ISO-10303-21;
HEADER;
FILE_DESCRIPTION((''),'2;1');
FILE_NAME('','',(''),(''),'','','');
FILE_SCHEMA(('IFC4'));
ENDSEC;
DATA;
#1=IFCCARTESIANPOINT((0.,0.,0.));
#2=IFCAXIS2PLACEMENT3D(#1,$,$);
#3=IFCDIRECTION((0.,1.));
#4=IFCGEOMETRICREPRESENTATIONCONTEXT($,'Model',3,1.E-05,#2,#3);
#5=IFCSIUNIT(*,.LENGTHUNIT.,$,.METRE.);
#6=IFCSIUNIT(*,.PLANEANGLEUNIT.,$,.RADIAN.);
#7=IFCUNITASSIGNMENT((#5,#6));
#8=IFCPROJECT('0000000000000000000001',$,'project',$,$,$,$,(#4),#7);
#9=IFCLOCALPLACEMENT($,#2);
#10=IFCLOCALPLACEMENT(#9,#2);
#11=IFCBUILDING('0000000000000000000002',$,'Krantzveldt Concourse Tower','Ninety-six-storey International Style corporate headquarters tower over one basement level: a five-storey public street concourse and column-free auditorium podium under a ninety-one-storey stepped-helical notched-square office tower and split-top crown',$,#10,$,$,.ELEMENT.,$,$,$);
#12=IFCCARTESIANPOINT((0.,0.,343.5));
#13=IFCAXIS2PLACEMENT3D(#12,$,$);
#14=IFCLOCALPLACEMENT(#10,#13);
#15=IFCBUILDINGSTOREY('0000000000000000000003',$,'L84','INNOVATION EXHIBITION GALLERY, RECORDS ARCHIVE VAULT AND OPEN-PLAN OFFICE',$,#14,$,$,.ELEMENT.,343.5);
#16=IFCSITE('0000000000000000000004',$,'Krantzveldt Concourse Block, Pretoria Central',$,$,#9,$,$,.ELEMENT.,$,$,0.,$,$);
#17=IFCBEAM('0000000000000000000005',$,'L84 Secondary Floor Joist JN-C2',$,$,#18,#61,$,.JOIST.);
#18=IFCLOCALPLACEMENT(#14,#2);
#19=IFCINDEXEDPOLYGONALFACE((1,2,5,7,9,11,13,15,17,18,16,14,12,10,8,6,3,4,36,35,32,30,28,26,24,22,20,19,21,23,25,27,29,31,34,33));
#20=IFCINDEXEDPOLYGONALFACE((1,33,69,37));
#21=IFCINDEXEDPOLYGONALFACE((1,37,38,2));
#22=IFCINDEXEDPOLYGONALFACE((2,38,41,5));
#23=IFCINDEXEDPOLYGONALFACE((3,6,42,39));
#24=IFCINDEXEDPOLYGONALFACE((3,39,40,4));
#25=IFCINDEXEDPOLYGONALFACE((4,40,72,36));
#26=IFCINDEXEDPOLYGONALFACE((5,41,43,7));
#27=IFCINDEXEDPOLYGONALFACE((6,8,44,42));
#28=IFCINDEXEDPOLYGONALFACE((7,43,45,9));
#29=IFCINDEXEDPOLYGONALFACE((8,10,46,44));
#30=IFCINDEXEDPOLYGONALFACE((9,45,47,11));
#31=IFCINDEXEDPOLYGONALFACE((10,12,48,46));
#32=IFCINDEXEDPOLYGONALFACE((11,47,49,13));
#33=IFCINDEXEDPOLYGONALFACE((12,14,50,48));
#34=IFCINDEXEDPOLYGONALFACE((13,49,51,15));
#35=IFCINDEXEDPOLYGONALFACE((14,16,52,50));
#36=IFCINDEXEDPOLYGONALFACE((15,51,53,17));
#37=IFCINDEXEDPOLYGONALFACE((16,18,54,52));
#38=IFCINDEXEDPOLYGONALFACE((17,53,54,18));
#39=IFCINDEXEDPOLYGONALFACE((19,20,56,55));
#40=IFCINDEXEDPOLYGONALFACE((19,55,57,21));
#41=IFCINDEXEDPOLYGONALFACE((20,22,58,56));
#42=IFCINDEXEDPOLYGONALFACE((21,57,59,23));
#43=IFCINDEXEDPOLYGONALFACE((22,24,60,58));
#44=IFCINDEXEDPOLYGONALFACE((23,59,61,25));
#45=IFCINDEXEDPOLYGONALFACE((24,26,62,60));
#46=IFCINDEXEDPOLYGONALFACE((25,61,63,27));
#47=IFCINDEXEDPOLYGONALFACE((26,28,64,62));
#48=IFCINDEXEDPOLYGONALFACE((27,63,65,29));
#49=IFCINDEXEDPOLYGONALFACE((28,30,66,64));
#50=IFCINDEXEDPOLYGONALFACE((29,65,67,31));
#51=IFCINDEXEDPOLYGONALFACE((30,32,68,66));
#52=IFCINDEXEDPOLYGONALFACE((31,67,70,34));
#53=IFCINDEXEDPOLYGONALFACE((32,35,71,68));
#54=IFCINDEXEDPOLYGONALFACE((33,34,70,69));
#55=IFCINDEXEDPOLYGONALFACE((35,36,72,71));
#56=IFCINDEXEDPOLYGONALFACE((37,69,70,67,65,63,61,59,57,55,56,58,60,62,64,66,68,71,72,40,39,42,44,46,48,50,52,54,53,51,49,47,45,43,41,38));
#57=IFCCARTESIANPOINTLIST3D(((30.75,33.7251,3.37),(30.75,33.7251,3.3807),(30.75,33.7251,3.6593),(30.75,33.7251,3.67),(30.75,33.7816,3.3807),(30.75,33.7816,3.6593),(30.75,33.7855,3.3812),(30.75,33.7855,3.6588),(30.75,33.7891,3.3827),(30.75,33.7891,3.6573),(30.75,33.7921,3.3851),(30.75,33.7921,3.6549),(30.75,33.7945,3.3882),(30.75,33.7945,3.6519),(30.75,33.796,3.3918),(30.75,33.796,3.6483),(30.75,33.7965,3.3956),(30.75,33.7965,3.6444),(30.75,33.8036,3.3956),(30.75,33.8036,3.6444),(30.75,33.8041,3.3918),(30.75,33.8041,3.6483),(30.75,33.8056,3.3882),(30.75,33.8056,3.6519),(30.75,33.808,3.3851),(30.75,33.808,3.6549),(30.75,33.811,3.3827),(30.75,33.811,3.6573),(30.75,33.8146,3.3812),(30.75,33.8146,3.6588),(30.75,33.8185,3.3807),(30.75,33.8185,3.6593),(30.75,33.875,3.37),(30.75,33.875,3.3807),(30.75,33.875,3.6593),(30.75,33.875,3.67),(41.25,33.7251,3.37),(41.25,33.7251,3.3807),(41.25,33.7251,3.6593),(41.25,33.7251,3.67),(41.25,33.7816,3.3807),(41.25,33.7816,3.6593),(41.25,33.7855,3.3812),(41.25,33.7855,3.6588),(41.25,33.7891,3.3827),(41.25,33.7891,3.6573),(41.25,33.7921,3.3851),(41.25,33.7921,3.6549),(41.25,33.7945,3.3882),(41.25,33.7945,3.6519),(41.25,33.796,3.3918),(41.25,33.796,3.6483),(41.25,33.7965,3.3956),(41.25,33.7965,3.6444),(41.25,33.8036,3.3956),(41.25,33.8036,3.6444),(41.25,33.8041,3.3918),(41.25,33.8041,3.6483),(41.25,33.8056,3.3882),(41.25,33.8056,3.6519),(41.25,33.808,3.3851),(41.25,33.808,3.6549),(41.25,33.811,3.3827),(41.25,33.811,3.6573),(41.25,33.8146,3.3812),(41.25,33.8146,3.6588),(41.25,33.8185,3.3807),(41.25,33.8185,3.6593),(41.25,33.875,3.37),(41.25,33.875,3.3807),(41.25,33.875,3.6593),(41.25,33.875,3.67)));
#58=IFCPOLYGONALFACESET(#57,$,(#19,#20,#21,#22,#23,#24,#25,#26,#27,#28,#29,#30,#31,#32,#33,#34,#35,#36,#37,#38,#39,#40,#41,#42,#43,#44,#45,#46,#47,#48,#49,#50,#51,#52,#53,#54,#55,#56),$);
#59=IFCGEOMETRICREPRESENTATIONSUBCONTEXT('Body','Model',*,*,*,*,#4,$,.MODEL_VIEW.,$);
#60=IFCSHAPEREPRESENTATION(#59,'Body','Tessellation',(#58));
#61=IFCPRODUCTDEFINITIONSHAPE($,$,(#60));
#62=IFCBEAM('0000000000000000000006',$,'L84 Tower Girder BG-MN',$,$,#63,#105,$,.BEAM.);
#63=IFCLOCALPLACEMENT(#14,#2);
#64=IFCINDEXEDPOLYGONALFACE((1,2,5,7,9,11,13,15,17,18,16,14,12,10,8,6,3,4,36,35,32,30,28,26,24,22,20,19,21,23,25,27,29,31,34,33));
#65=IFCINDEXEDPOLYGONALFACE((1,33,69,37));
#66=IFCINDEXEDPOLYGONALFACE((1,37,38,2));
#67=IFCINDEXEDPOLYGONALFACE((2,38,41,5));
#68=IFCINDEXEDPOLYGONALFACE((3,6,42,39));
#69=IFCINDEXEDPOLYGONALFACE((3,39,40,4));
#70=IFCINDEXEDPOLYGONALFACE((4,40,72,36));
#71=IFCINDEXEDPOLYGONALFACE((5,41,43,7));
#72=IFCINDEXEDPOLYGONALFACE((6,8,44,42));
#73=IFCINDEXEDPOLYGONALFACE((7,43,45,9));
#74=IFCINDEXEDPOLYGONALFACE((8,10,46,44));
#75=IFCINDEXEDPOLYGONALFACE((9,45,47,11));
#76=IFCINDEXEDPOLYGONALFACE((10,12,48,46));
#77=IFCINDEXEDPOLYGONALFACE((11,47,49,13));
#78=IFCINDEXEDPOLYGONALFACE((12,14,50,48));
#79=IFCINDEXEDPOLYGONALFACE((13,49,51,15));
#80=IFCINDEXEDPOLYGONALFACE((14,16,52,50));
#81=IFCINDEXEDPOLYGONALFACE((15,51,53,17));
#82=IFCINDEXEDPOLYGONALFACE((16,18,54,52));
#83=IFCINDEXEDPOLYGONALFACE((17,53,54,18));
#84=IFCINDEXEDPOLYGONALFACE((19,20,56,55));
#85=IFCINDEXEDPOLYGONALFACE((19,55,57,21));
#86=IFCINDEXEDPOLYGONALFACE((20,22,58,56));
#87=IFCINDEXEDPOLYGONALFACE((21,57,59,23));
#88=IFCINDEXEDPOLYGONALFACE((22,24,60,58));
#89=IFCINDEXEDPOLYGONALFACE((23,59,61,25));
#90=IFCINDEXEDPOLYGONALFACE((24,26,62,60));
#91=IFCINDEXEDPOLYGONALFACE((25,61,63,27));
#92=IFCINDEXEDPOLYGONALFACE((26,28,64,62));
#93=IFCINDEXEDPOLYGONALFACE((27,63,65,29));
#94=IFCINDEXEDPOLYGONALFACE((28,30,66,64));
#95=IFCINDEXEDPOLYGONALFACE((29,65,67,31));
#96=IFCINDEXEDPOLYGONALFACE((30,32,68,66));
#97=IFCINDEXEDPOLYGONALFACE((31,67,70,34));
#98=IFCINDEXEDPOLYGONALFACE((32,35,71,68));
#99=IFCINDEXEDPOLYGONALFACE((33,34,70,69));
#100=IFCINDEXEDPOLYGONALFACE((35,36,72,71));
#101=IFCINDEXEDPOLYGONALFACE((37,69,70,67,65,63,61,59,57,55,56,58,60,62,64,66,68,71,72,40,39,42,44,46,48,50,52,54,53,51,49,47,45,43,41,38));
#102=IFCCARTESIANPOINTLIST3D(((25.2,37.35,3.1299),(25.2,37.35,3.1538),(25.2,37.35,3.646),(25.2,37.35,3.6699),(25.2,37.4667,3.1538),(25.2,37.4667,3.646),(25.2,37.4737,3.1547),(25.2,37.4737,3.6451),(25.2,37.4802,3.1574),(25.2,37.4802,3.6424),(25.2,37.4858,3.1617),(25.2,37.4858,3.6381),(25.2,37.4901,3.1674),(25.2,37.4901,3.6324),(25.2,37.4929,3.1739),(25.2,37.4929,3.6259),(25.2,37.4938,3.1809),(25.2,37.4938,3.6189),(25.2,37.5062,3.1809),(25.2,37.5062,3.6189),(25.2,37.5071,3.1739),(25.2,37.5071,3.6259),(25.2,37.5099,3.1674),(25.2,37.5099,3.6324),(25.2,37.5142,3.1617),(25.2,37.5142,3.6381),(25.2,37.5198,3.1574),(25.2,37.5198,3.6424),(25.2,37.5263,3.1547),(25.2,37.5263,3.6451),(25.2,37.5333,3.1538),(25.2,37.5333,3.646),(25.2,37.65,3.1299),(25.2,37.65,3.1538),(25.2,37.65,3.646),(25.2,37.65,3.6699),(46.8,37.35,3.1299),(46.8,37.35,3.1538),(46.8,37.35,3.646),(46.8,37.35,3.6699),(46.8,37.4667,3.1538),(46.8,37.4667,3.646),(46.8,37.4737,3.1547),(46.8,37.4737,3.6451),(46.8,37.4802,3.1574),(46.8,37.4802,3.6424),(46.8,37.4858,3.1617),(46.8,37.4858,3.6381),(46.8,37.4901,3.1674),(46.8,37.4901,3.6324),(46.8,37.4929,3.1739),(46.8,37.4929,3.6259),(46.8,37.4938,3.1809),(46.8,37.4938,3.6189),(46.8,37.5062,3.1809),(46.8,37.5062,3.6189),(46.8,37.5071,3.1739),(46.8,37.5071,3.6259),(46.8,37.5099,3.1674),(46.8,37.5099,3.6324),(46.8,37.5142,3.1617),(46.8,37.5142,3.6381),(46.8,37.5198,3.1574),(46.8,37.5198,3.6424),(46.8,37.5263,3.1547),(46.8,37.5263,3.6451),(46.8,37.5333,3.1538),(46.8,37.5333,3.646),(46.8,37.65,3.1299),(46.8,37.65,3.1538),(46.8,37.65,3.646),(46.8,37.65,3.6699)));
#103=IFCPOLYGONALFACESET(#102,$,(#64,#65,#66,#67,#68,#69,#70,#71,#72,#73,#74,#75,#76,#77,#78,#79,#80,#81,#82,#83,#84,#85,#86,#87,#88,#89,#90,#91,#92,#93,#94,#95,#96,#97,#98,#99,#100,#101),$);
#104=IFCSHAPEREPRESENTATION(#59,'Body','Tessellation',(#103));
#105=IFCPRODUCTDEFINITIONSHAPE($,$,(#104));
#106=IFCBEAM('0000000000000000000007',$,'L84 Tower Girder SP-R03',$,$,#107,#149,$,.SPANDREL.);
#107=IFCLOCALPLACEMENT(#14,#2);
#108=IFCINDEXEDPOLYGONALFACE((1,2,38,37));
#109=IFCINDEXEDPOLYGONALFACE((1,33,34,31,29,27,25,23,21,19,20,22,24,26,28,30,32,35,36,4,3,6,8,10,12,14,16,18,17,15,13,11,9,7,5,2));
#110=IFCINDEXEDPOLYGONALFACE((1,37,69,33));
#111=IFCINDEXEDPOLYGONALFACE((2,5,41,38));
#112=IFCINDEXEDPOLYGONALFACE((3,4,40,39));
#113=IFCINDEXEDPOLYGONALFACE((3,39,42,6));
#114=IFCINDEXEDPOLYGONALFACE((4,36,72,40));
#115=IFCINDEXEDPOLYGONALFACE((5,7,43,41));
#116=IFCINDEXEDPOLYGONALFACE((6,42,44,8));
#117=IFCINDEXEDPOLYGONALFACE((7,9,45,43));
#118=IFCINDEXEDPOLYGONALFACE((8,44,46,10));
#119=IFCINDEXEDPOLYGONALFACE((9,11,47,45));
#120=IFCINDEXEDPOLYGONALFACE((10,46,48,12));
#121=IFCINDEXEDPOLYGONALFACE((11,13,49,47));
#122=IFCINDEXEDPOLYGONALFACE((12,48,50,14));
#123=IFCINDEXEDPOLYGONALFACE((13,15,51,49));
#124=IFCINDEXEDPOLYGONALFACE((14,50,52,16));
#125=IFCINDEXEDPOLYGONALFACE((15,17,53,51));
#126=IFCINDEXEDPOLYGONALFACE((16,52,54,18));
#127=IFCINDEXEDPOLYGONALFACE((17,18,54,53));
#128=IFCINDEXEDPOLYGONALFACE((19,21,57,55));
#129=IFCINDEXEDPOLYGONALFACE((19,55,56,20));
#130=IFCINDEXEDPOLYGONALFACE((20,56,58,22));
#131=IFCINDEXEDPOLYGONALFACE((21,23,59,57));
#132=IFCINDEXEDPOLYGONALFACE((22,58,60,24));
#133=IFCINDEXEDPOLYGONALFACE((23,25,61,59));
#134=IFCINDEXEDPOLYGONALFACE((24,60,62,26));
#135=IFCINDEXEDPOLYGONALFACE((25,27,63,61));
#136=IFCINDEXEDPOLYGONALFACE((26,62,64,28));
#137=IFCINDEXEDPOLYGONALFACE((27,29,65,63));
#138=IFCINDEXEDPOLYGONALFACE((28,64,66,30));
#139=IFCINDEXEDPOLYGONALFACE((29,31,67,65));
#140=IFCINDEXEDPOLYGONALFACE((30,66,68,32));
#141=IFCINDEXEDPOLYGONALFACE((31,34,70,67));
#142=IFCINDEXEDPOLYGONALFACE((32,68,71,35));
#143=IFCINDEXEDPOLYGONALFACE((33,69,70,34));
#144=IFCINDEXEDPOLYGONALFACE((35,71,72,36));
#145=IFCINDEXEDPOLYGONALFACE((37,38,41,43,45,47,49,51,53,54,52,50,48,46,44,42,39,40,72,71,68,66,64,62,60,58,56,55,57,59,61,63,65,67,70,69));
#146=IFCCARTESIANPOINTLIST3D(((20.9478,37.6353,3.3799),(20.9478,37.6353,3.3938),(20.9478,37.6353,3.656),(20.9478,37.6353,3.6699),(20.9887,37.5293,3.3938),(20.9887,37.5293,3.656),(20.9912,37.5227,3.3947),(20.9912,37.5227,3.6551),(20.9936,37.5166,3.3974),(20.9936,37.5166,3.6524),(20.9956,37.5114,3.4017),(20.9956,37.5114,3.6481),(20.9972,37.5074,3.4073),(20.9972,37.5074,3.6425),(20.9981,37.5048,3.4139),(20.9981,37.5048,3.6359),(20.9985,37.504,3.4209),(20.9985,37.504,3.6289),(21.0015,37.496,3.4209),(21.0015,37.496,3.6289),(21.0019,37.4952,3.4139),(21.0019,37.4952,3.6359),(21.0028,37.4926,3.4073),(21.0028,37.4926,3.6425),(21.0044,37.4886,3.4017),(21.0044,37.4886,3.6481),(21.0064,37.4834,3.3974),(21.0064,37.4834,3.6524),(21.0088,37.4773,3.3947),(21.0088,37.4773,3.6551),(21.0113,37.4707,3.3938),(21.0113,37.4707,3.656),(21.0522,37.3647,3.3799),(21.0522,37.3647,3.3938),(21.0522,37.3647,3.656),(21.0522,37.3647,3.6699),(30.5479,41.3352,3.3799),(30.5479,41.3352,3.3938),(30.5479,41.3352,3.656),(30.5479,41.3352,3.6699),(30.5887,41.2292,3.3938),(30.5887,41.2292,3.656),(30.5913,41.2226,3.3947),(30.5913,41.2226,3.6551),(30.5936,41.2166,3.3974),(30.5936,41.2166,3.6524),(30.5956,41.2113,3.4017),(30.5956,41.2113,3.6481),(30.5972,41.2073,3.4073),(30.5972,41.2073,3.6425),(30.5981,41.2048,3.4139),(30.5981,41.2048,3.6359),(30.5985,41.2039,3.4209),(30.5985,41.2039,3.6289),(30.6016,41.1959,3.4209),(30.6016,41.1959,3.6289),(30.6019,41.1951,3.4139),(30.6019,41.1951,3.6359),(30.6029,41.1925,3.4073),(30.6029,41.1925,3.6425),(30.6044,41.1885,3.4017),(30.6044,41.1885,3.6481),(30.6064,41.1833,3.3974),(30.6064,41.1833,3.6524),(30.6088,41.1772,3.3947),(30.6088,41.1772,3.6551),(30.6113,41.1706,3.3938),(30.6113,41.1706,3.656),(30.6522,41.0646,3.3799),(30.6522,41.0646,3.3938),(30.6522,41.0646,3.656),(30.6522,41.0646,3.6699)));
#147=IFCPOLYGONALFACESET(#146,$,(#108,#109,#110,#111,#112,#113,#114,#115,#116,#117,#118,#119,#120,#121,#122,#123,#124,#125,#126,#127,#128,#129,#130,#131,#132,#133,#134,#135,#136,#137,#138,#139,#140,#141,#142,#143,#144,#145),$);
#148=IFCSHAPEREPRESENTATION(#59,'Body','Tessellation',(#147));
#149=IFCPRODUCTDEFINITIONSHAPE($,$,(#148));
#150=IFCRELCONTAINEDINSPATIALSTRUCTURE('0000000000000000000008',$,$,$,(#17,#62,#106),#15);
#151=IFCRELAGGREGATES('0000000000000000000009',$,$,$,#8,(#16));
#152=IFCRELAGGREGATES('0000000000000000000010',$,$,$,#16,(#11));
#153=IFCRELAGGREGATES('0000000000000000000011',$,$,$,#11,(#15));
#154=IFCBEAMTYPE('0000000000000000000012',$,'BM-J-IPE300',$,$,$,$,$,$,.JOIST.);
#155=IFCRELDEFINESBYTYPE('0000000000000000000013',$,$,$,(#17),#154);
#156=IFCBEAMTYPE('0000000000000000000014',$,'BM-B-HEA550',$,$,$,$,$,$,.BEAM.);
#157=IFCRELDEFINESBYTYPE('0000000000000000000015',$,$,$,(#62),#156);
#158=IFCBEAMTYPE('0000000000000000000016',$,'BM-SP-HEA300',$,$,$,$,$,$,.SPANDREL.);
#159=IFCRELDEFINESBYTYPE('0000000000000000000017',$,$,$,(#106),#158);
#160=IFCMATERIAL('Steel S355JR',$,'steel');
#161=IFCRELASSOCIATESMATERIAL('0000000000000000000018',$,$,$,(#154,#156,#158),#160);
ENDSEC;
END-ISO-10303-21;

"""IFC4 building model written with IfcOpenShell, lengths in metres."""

from ifc_helpers import new_model, si_unit, direction, frame, origin, origin_2d, place, context, subcontext, project, spatial, i_section, extrude, source, transform, mapped, material, material_profile, profile_set, type_object, type_shapes, element, save


model = new_model("IFC4")

# Units and contexts
model_context = context("Model", 3, precision=1e-05, world=origin(), true_north=direction((0.0, 1.0)))
body_context = subcontext(model_context, "Body", "Model", "MODEL_VIEW")
ifc_project = project(units=[si_unit("LENGTHUNIT", "METRE"), si_unit("PLANEANGLEUNIT", "RADIAN")], contexts=[model_context])

# Site, building, storey
site_placement = place(None, origin())
site = spatial("IfcSite", under=ifc_project, at=site_placement, Name="Krantzveldt Concourse Block, Pretoria Central", CompositionType="ELEMENT", RefElevation=0.0)
building_placement = place(site_placement, origin())
building = spatial("IfcBuilding", under=site, at=building_placement, Name="Krantzveldt Concourse Tower", Description="Ninety-six-storey International Style corporate headquarters tower over one basement level: a five-storey public street concourse and column-free auditorium podium under a ninety-one-storey stepped-helical notched-square office tower and split-top crown", CompositionType="ELEMENT")
storey_placement = place(building_placement, frame((0.0, 0.0, 343.5)))
storey = spatial("IfcBuildingStorey", under=building, at=storey_placement, Name="L84", Description="INNOVATION EXHIBITION GALLERY, RECORDS ARCHIVE VAULT AND OPEN-PLAN OFFICE", CompositionType="ELEMENT", Elevation=343.5)

# Beams
ifc_material_1 = material(Name="Steel S355JR", Category="steel")
ifc_material_profile_1 = material_profile(ifc_material_1, i_section(OverallWidth=0.1499, OverallDepth=0.3, WebThickness=0.0071, FlangeThickness=0.0107, FilletRadius=0.0149, at=origin_2d()), Name="Steel S355JR", Category="steel")
ifc_profile_set_1 = profile_set([ifc_material_profile_1], Name="Steel S355JR - IPE 300")
beam_type_1 = type_object("IfcBeamType", Name="BM-J-IPE300", PredefinedType="JOIST", material=ifc_profile_set_1)
shared_shape_1 = source(origin(), body_context, "Body", "SweptSolid", [
    extrude(i_section(OverallWidth=0.1499, OverallDepth=0.3, WebThickness=0.0071, FlangeThickness=0.0107, FilletRadius=0.0149, at=origin_2d()), origin(), (0.0, 0.0, 1.0), 10.5),
])
beam_1_placement = place(storey_placement, frame((30.75, 33.8, 3.52), z_axis=(1.0, 0.0, 0.0), x_axis=(0.0, 1.0, 0.0)))
element("IfcBeam", 1, at=beam_1_placement, inside=storey, type_object=beam_type_1, Name="L84 Secondary Floor Joist JN-C2", PredefinedType="JOIST", context=body_context, shape_type="MappedRepresentation", body=[
    mapped(shared_shape_1, transform((0.0, 0.0, 0.0), x_axis=(1.0, 0.0, 0.0), y_axis=(0.0, 1.0, 0.0), z_axis=(0.0, 0.0, 1.0), scale=1.0)),
])
ifc_material_profile_2 = material_profile(ifc_material_1, i_section(OverallWidth=0.3, OverallDepth=0.54, WebThickness=0.0125, FlangeThickness=0.0239, FilletRadius=0.0271, at=origin_2d()), Name="Steel S355JR", Category="steel")
ifc_profile_set_2 = profile_set([ifc_material_profile_2], Name="Steel S355JR - HEA 550")
beam_type_2 = type_object("IfcBeamType", Name="BM-B-HEA550", PredefinedType="BEAM", material=ifc_profile_set_2)
shared_shape_2 = source(origin(), body_context, "Body", "SweptSolid", [
    extrude(i_section(OverallWidth=0.3, OverallDepth=0.54, WebThickness=0.0125, FlangeThickness=0.0239, FilletRadius=0.0271, at=origin_2d()), origin(), (0.0, 0.0, 1.0), 21.6001),
])
type_shapes(beam_type_2, [shared_shape_2])
beam_2_placement = place(storey_placement, frame((25.2, 37.5, 3.3999), z_axis=(1.0, 0.0, 0.0), x_axis=(0.0, 1.0, 0.0)))
element("IfcBeam", 2, at=beam_2_placement, inside=storey, type_object=beam_type_2, Name="L84 Tower Girder BG-MN", PredefinedType="BEAM", context=body_context, shape_type="MappedRepresentation", body=[
    mapped(shared_shape_2, transform((0.0, 0.0, 0.0), x_axis=(1.0, 0.0, 0.0), y_axis=(0.0, 1.0, 0.0), z_axis=(0.0, 0.0, 1.0), scale=1.0)),
])
ifc_material_profile_3 = material_profile(ifc_material_1, i_section(OverallWidth=0.29, OverallDepth=0.29, WebThickness=0.0085, FlangeThickness=0.0139, FilletRadius=0.0271, at=origin_2d()), Name="Steel S355JR", Category="steel")
ifc_profile_set_3 = profile_set([ifc_material_profile_3], Name="Steel S355JR - HEA 300")
beam_type_3 = type_object("IfcBeamType", Name="BM-SP-HEA300", PredefinedType="SPANDREL", material=ifc_profile_set_3)
shared_shape_3 = source(origin(), body_context, "Body", "SweptSolid", [
    extrude(i_section(OverallWidth=0.29, OverallDepth=0.29, WebThickness=0.0085, FlangeThickness=0.0139, FilletRadius=0.0271, at=origin_2d()), origin(), (0.0, 0.0, 1.0), 10.2883),
])
beam_3_placement = place(storey_placement, frame((21.0, 37.5, 3.5249), z_axis=(0.933098, 0.359623, 0.0), x_axis=(-0.359623, 0.933098, 0.0)))
element("IfcBeam", 3, at=beam_3_placement, inside=storey, type_object=beam_type_3, Name="L84 Tower Girder SP-R03", PredefinedType="SPANDREL", context=body_context, shape_type="MappedRepresentation", body=[
    mapped(shared_shape_3, transform((0.0, 0.0, 0.0), x_axis=(1.0, 0.0, 0.0), y_axis=(0.0, 1.0, 0.0), z_axis=(0.0, 0.0, 1.0), scale=1.0)),
])

save(model, "model.ifc")
